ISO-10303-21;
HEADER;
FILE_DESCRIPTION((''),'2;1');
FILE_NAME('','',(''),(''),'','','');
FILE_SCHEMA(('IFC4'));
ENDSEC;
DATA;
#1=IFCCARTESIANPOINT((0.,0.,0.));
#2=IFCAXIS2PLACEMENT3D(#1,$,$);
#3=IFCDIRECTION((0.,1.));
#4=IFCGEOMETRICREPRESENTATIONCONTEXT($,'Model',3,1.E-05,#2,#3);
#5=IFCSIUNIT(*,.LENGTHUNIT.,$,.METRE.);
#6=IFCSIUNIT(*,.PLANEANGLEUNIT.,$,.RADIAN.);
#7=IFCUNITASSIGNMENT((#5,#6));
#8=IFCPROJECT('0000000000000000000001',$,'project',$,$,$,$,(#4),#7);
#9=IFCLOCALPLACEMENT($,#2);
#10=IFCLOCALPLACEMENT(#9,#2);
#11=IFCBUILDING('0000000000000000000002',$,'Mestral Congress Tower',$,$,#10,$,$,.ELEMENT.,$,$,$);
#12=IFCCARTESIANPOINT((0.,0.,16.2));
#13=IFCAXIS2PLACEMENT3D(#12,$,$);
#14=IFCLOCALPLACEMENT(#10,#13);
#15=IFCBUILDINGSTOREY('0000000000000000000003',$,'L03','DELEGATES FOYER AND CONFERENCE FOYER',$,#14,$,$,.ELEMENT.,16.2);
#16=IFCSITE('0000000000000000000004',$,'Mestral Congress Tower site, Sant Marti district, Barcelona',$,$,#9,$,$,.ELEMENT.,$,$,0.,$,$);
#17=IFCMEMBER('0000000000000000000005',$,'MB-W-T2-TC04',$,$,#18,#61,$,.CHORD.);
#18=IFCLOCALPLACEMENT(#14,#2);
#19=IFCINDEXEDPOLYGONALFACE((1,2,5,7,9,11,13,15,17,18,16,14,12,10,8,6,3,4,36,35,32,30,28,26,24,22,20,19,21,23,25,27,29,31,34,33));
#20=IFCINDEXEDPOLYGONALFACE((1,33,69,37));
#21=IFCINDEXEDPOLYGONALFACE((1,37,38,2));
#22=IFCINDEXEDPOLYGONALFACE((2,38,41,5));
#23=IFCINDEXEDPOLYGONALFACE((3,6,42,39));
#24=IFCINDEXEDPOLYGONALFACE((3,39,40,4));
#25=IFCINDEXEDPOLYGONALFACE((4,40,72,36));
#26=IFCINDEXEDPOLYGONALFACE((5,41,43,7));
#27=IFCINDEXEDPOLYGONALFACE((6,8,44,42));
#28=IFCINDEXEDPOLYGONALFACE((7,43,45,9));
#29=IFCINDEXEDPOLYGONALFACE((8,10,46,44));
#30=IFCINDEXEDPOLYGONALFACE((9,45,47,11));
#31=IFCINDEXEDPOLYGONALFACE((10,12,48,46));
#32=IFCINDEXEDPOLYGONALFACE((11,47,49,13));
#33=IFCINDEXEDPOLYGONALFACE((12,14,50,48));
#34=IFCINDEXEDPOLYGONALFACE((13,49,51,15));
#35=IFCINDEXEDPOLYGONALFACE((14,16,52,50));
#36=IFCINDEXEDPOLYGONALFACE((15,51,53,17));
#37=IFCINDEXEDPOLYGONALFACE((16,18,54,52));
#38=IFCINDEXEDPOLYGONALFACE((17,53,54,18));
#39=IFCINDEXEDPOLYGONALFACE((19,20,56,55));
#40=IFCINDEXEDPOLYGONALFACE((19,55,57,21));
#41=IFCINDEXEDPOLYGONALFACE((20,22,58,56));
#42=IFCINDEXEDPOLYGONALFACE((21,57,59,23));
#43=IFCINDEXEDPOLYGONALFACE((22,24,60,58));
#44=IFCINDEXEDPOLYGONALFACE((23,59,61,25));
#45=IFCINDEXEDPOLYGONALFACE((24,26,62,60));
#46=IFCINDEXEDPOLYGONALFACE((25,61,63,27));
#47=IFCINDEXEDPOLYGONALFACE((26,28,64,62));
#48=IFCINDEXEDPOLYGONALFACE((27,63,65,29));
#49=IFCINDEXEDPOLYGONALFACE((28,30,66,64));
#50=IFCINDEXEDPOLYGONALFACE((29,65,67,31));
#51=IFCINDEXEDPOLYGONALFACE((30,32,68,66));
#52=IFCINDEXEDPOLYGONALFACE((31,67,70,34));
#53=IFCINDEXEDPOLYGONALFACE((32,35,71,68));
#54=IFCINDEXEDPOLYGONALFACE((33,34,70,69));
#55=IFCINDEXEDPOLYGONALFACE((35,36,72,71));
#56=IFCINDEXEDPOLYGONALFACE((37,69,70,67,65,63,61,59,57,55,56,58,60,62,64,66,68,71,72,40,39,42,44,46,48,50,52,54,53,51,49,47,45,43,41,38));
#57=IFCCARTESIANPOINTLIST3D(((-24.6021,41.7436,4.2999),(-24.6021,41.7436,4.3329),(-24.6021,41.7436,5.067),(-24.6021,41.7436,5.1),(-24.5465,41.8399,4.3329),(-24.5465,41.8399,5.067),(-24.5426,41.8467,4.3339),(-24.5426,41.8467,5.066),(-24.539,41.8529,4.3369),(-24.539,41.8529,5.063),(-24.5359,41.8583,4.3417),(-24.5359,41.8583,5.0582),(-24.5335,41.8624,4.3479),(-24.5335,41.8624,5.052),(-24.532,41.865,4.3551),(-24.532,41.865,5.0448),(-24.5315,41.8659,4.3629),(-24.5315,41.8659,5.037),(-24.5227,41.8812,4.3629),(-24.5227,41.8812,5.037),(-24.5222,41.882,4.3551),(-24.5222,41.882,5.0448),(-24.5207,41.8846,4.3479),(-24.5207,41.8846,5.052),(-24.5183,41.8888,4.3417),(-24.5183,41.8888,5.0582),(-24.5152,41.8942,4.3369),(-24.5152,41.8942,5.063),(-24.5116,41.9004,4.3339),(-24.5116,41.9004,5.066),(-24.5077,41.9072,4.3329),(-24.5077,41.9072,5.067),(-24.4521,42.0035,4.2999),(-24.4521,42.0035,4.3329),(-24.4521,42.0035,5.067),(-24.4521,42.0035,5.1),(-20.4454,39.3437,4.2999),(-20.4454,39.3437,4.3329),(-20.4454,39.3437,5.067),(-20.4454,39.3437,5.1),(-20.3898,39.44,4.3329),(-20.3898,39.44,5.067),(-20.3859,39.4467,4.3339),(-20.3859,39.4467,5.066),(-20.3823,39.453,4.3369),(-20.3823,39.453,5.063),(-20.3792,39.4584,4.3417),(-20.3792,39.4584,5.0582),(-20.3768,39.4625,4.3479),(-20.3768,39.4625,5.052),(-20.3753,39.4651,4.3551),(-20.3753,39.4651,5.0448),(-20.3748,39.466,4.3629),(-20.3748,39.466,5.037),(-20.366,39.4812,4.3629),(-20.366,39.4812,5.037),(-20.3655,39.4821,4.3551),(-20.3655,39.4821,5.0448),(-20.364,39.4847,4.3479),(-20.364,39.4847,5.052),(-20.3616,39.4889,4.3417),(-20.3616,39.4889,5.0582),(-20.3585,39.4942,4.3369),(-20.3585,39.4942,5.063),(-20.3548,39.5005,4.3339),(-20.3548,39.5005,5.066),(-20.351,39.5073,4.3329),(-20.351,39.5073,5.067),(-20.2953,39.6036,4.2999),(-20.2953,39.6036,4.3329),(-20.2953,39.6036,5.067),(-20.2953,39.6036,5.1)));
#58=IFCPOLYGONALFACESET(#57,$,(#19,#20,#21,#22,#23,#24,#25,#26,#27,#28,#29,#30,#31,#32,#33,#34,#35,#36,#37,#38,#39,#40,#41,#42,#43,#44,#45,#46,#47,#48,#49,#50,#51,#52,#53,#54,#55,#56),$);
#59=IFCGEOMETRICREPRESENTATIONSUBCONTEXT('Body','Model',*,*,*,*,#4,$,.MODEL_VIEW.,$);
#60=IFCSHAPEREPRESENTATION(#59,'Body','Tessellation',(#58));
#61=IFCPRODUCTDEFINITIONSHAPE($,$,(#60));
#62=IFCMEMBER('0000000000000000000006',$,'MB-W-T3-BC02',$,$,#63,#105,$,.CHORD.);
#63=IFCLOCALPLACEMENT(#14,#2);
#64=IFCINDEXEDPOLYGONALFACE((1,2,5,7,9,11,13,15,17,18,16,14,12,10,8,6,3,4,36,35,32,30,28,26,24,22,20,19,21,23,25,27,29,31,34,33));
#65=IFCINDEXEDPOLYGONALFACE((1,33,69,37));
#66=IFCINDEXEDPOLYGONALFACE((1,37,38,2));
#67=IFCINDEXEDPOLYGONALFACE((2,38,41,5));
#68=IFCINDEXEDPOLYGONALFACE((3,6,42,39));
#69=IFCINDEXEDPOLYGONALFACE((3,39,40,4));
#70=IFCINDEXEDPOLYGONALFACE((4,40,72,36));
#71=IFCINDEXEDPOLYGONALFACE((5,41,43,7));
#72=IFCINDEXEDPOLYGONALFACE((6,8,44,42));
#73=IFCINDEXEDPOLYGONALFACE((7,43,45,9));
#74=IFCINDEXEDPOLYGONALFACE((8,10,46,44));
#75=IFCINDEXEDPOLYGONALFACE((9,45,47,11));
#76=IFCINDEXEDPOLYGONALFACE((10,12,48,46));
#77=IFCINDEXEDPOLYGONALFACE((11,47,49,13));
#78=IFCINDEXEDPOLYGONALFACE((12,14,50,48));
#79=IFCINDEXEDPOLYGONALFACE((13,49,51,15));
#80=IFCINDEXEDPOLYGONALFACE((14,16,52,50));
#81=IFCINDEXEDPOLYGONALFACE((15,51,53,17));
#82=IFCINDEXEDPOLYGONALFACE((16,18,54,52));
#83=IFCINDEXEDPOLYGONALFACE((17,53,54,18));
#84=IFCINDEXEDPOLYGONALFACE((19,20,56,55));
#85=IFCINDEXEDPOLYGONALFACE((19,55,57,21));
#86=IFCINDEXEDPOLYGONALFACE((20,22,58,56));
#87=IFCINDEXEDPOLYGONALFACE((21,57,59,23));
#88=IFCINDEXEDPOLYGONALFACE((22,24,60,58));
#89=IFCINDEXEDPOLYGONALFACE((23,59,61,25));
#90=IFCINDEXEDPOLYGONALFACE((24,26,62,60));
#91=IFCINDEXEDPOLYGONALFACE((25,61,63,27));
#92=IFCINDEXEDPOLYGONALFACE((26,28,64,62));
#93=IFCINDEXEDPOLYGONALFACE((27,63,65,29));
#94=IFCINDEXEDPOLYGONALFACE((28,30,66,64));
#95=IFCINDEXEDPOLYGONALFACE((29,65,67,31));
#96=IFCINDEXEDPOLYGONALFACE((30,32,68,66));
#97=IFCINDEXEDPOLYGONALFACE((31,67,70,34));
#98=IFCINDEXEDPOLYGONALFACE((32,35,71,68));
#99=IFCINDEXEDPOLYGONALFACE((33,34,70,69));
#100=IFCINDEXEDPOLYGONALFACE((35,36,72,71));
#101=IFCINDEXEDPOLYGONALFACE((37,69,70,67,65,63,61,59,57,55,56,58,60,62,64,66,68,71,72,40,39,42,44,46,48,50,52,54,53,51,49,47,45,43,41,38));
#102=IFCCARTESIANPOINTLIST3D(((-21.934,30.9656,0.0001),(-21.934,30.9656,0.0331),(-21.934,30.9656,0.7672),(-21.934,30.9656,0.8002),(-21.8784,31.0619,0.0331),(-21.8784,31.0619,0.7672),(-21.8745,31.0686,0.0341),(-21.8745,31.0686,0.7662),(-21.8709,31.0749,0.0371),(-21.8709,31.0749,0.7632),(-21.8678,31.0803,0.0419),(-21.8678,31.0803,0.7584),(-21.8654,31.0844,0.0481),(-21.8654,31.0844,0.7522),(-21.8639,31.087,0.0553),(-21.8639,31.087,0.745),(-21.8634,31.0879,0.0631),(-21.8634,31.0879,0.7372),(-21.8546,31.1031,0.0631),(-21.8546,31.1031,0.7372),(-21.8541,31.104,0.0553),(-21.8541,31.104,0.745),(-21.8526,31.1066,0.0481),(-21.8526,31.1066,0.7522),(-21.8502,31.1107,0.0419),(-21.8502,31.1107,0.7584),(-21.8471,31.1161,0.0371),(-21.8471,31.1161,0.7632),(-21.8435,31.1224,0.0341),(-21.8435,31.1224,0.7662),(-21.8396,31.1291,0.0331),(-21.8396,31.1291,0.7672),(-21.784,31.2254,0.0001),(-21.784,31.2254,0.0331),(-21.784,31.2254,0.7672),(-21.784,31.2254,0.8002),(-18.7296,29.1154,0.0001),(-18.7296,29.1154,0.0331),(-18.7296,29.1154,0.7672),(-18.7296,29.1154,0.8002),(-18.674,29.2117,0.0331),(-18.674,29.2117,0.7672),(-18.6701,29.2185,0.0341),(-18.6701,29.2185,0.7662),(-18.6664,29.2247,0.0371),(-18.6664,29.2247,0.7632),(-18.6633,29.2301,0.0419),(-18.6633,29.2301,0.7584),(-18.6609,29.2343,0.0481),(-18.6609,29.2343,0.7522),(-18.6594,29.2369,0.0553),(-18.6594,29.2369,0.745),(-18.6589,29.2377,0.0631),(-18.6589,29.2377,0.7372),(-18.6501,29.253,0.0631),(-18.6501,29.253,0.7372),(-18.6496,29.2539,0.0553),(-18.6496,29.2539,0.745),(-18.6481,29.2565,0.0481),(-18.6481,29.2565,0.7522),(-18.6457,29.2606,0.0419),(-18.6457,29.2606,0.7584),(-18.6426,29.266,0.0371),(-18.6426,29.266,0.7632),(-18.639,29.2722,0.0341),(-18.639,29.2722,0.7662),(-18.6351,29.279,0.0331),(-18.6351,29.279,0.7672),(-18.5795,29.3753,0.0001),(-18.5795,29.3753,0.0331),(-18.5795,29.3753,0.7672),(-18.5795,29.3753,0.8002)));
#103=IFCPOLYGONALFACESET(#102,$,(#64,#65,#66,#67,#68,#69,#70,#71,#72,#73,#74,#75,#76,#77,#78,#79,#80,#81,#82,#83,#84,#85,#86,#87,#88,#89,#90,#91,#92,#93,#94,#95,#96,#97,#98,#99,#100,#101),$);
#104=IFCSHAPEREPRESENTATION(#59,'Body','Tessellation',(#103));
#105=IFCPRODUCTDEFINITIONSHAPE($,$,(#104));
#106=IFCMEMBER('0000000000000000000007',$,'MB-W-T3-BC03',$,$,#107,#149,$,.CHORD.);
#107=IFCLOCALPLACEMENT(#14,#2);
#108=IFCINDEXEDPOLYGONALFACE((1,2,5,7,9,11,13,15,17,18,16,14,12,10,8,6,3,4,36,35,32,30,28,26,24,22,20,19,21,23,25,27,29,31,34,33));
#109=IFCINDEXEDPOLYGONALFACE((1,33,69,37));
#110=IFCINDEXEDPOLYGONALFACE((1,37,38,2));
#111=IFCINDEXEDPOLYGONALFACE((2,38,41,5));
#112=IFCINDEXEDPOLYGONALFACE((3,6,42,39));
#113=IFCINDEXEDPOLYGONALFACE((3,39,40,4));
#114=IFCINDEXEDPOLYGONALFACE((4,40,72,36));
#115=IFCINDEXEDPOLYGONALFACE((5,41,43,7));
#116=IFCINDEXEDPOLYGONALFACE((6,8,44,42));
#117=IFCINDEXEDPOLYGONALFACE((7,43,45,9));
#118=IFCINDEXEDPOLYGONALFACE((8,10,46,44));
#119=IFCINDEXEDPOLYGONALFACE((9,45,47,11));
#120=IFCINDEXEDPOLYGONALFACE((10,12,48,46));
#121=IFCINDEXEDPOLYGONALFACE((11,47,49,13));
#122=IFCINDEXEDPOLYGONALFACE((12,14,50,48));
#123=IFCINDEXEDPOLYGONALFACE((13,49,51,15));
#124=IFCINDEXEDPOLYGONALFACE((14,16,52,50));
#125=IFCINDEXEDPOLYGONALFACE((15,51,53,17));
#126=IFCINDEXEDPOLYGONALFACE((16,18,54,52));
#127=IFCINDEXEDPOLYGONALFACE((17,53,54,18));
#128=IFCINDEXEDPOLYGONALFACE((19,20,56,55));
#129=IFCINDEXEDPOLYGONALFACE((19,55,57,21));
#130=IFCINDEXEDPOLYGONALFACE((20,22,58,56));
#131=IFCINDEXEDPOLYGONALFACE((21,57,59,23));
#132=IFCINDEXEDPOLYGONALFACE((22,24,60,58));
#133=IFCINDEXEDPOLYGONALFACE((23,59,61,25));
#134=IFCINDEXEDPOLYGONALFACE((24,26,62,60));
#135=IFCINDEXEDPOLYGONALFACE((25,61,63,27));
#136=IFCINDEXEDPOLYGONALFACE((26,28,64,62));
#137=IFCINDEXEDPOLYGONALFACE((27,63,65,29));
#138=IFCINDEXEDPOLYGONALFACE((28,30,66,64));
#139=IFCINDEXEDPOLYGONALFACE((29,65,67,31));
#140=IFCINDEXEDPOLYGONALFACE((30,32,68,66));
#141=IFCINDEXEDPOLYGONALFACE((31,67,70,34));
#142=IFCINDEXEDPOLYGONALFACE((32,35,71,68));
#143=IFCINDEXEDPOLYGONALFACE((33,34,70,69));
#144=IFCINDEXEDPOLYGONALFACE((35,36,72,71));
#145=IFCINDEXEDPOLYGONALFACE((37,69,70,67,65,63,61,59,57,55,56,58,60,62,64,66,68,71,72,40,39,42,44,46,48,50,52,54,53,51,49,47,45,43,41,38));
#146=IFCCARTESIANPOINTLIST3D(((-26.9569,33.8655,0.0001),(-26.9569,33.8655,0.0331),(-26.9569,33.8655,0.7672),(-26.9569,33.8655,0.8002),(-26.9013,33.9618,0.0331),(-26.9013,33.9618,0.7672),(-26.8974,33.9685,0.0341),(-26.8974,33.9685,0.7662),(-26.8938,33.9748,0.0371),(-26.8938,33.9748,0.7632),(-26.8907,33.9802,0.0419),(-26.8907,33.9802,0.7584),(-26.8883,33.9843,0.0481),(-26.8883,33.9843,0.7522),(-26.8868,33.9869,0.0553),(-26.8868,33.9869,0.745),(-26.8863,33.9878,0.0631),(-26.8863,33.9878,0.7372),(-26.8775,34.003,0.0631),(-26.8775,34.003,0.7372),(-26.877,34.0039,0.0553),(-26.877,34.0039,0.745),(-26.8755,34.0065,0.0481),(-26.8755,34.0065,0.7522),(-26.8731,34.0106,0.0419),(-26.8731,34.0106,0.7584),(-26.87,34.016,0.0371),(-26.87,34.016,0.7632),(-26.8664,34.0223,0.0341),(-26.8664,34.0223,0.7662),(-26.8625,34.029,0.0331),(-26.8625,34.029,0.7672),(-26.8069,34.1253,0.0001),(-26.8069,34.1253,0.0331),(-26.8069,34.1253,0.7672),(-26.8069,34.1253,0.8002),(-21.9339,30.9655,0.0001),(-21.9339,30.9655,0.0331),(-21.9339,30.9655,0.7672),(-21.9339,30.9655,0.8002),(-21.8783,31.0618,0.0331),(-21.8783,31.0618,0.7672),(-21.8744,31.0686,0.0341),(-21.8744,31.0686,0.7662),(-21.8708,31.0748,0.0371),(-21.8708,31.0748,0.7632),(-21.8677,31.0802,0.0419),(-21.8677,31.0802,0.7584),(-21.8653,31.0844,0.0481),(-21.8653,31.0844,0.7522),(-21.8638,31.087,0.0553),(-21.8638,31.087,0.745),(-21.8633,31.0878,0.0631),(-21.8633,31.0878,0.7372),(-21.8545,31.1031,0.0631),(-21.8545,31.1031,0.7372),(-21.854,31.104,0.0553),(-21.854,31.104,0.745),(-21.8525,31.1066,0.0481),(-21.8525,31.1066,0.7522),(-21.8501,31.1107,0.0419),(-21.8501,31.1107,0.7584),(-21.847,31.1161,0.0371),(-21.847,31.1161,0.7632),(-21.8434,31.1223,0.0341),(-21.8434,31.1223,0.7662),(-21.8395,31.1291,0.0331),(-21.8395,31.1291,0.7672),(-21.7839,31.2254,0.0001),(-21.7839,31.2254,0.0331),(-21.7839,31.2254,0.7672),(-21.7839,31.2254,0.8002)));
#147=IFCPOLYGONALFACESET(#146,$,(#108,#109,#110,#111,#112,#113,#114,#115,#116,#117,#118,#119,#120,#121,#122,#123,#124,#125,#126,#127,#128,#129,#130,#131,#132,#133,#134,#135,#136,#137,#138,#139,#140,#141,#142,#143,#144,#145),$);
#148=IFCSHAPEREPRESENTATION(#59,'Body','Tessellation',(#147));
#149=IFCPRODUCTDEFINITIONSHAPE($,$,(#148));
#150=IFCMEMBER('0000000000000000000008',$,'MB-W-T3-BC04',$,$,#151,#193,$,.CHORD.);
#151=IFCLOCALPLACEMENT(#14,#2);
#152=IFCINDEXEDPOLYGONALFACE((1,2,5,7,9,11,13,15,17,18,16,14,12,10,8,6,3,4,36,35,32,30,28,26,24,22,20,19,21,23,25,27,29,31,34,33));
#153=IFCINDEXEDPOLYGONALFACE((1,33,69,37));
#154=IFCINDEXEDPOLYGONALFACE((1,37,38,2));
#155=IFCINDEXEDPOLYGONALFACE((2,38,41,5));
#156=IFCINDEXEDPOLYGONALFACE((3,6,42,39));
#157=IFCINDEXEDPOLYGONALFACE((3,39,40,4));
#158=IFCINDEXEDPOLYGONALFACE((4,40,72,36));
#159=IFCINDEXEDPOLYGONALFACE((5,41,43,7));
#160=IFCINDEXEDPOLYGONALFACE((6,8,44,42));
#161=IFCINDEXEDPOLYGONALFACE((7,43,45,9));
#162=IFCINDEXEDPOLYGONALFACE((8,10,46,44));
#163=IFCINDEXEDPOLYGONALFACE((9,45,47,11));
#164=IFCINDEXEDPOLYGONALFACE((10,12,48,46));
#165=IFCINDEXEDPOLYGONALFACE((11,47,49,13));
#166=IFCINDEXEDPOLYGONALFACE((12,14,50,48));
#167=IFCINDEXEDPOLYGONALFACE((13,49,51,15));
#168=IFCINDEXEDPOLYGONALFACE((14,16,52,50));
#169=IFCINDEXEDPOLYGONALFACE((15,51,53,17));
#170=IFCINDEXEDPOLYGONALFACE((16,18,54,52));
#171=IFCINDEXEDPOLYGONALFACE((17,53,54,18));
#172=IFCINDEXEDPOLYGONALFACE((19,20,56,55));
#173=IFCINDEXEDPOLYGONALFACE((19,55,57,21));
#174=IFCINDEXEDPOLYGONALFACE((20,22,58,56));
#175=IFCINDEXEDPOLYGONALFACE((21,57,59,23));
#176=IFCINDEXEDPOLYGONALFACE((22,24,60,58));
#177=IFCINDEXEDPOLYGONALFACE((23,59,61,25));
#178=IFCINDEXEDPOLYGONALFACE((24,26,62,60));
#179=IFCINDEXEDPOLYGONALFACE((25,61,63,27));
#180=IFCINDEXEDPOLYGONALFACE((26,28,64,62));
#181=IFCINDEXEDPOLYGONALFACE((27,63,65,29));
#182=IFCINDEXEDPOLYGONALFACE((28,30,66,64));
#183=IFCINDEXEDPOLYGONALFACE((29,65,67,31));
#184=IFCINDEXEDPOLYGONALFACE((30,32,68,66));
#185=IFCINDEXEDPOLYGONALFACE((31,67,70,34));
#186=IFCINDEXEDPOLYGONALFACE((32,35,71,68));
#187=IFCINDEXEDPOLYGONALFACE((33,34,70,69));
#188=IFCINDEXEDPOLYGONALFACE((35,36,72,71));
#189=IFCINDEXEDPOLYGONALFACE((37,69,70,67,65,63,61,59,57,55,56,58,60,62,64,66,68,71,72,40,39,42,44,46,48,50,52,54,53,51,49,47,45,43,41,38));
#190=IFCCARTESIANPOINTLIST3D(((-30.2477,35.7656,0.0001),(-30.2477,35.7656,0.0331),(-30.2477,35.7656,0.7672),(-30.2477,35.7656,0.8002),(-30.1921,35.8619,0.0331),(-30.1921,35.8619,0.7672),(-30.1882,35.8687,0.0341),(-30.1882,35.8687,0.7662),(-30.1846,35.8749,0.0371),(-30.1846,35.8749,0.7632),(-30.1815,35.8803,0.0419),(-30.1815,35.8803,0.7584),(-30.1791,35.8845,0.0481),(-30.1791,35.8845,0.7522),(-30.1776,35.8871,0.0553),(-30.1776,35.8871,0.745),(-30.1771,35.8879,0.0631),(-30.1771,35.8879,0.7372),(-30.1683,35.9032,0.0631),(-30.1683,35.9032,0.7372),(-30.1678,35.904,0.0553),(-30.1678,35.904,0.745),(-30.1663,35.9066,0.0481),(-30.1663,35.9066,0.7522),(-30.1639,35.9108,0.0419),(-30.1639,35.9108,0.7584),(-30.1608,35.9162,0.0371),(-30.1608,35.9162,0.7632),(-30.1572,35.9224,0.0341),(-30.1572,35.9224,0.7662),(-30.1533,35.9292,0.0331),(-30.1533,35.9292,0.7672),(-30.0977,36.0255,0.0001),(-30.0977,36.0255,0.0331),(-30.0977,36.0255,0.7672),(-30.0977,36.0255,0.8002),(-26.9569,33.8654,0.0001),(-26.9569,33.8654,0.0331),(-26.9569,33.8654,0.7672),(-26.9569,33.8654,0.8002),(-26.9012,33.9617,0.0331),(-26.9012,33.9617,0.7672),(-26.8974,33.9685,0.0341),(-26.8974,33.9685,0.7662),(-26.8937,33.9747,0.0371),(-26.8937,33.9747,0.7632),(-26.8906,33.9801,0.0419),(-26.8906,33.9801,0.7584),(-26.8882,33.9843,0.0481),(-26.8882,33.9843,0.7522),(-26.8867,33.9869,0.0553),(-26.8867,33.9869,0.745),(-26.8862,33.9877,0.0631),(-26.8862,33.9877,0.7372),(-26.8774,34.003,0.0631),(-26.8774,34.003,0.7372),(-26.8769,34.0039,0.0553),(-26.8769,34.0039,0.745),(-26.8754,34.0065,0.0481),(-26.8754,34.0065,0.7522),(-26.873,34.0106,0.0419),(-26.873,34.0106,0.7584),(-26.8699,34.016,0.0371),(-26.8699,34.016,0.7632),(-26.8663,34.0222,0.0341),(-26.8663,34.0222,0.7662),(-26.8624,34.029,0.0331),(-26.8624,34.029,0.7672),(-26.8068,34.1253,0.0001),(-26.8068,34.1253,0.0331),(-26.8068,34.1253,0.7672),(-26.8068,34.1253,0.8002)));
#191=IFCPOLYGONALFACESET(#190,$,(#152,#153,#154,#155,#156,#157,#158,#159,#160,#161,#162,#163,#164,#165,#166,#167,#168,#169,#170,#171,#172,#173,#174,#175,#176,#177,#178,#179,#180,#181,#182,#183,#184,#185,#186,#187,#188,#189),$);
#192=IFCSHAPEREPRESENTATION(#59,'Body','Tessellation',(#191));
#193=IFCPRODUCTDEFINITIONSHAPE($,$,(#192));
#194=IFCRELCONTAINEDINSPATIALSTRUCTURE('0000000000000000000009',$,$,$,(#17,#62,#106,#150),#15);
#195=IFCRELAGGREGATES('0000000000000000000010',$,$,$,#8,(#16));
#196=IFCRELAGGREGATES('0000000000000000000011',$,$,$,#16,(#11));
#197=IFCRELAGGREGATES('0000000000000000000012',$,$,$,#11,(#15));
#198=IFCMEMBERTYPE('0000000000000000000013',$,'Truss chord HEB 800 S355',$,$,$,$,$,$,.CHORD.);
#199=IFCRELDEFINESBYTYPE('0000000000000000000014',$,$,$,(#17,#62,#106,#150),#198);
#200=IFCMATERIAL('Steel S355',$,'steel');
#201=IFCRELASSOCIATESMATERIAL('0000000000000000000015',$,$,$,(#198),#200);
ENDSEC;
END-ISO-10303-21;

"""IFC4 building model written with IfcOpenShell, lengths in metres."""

from ifc_helpers import new_model, si_unit, direction, frame, origin, origin_2d, place, context, subcontext, project, spatial, i_section, extrude, material, material_profile, profile_set, type_object, element, save


model = new_model("IFC4")

# Units and contexts
model_context = context("Model", 3, precision=1e-05, world=origin(), true_north=direction((0.0, 1.0)))
body_context = subcontext(model_context, "Body", "Model", "MODEL_VIEW")
ifc_project = project(units=[si_unit("LENGTHUNIT", "METRE"), si_unit("PLANEANGLEUNIT", "RADIAN")], contexts=[model_context])

# Site, building, storey
site_placement = place(None, origin())
site = spatial("IfcSite", under=ifc_project, at=site_placement, Name="Mestral Congress Tower site, Sant Marti district, Barcelona", CompositionType="ELEMENT", RefElevation=0.0)
building_placement = place(site_placement, origin())
building = spatial("IfcBuilding", under=site, at=building_placement, Name="Mestral Congress Tower", CompositionType="ELEMENT")
storey_placement = place(building_placement, frame((0.0, 0.0, 16.2)))
storey = spatial("IfcBuildingStorey", under=building, at=storey_placement, Name="L03", Description="DELEGATES FOYER AND CONFERENCE FOYER", CompositionType="ELEMENT", Elevation=16.2)

# Members
ifc_material = material(Name="Steel S355", Category="steel")
ifc_material_profile_1 = material_profile(ifc_material, i_section(OverallWidth=0.3, OverallDepth=0.8, WebThickness=0.0176, FlangeThickness=0.033, FilletRadius=0.03, at=origin_2d()), Name="HEB 800")
ifc_profile_set_1 = profile_set([ifc_material_profile_1], Name="Steel S355")
member_type_1 = type_object("IfcMemberType", Name="Truss chord HEB 800 S355", PredefinedType="CHORD", material=ifc_profile_set_1)
member_1_placement = place(storey_placement, frame((-20.3704, 39.4736, 4.7), z_axis=(-0.866025, 0.500001, 0.0), x_axis=(-0.500001, -0.866025, 0.0)))
element("IfcMember", 1, at=member_1_placement, inside=storey, type_object=member_type_1, Name="MB-W-T2-TC04", PredefinedType="CHORD", context=body_context, shape_type="SweptSolid", body=[
    extrude(i_section(OverallWidth=0.3, OverallDepth=0.8, WebThickness=0.0176, FlangeThickness=0.033, FilletRadius=0.03, at=origin_2d()), origin(), (0.0, 0.0, 1.0), 4.7998),
])
member_2_placement = place(storey_placement, frame((-18.6545, 29.2454, 0.4001), z_axis=(-0.866017, 0.500014, 0.0), x_axis=(-0.500014, -0.866017, 0.0)))
element("IfcMember", 2, at=member_2_placement, inside=storey, type_object=member_type_1, Name="MB-W-T3-BC02", PredefinedType="CHORD", context=body_context, shape_type="SweptSolid", body=[
    extrude(i_section(OverallWidth=0.3, OverallDepth=0.8, WebThickness=0.0176, FlangeThickness=0.033, FilletRadius=0.03, at=origin_2d()), origin(), (0.0, 0.0, 1.0), 3.7002),
])
member_3_placement = place(storey_placement, frame((-21.8589, 31.0955, 0.4001), z_axis=(-0.866033, 0.499987, 0.0), x_axis=(-0.499987, -0.866033, 0.0)))
element("IfcMember", 3, at=member_3_placement, inside=storey, type_object=member_type_1, Name="MB-W-T3-BC03", PredefinedType="CHORD", context=body_context, shape_type="SweptSolid", body=[
    extrude(i_section(OverallWidth=0.3, OverallDepth=0.8, WebThickness=0.0176, FlangeThickness=0.033, FilletRadius=0.03, at=origin_2d()), origin(), (0.0, 0.0, 1.0), 5.8),
])
member_4_placement = place(storey_placement, frame((-26.8818, 33.9954, 0.4001), z_axis=(-0.866, 0.500043, 0.0), x_axis=(-0.500043, -0.866, 0.0)))
element("IfcMember", 4, at=member_4_placement, inside=storey, type_object=member_type_1, Name="MB-W-T3-BC04", PredefinedType="CHORD", context=body_context, shape_type="SweptSolid", body=[
    extrude(i_section(OverallWidth=0.3, OverallDepth=0.8, WebThickness=0.0176, FlangeThickness=0.033, FilletRadius=0.03, at=origin_2d()), origin(), (0.0, 0.0, 1.0), 3.8),
])

save(model, "model.ifc")
